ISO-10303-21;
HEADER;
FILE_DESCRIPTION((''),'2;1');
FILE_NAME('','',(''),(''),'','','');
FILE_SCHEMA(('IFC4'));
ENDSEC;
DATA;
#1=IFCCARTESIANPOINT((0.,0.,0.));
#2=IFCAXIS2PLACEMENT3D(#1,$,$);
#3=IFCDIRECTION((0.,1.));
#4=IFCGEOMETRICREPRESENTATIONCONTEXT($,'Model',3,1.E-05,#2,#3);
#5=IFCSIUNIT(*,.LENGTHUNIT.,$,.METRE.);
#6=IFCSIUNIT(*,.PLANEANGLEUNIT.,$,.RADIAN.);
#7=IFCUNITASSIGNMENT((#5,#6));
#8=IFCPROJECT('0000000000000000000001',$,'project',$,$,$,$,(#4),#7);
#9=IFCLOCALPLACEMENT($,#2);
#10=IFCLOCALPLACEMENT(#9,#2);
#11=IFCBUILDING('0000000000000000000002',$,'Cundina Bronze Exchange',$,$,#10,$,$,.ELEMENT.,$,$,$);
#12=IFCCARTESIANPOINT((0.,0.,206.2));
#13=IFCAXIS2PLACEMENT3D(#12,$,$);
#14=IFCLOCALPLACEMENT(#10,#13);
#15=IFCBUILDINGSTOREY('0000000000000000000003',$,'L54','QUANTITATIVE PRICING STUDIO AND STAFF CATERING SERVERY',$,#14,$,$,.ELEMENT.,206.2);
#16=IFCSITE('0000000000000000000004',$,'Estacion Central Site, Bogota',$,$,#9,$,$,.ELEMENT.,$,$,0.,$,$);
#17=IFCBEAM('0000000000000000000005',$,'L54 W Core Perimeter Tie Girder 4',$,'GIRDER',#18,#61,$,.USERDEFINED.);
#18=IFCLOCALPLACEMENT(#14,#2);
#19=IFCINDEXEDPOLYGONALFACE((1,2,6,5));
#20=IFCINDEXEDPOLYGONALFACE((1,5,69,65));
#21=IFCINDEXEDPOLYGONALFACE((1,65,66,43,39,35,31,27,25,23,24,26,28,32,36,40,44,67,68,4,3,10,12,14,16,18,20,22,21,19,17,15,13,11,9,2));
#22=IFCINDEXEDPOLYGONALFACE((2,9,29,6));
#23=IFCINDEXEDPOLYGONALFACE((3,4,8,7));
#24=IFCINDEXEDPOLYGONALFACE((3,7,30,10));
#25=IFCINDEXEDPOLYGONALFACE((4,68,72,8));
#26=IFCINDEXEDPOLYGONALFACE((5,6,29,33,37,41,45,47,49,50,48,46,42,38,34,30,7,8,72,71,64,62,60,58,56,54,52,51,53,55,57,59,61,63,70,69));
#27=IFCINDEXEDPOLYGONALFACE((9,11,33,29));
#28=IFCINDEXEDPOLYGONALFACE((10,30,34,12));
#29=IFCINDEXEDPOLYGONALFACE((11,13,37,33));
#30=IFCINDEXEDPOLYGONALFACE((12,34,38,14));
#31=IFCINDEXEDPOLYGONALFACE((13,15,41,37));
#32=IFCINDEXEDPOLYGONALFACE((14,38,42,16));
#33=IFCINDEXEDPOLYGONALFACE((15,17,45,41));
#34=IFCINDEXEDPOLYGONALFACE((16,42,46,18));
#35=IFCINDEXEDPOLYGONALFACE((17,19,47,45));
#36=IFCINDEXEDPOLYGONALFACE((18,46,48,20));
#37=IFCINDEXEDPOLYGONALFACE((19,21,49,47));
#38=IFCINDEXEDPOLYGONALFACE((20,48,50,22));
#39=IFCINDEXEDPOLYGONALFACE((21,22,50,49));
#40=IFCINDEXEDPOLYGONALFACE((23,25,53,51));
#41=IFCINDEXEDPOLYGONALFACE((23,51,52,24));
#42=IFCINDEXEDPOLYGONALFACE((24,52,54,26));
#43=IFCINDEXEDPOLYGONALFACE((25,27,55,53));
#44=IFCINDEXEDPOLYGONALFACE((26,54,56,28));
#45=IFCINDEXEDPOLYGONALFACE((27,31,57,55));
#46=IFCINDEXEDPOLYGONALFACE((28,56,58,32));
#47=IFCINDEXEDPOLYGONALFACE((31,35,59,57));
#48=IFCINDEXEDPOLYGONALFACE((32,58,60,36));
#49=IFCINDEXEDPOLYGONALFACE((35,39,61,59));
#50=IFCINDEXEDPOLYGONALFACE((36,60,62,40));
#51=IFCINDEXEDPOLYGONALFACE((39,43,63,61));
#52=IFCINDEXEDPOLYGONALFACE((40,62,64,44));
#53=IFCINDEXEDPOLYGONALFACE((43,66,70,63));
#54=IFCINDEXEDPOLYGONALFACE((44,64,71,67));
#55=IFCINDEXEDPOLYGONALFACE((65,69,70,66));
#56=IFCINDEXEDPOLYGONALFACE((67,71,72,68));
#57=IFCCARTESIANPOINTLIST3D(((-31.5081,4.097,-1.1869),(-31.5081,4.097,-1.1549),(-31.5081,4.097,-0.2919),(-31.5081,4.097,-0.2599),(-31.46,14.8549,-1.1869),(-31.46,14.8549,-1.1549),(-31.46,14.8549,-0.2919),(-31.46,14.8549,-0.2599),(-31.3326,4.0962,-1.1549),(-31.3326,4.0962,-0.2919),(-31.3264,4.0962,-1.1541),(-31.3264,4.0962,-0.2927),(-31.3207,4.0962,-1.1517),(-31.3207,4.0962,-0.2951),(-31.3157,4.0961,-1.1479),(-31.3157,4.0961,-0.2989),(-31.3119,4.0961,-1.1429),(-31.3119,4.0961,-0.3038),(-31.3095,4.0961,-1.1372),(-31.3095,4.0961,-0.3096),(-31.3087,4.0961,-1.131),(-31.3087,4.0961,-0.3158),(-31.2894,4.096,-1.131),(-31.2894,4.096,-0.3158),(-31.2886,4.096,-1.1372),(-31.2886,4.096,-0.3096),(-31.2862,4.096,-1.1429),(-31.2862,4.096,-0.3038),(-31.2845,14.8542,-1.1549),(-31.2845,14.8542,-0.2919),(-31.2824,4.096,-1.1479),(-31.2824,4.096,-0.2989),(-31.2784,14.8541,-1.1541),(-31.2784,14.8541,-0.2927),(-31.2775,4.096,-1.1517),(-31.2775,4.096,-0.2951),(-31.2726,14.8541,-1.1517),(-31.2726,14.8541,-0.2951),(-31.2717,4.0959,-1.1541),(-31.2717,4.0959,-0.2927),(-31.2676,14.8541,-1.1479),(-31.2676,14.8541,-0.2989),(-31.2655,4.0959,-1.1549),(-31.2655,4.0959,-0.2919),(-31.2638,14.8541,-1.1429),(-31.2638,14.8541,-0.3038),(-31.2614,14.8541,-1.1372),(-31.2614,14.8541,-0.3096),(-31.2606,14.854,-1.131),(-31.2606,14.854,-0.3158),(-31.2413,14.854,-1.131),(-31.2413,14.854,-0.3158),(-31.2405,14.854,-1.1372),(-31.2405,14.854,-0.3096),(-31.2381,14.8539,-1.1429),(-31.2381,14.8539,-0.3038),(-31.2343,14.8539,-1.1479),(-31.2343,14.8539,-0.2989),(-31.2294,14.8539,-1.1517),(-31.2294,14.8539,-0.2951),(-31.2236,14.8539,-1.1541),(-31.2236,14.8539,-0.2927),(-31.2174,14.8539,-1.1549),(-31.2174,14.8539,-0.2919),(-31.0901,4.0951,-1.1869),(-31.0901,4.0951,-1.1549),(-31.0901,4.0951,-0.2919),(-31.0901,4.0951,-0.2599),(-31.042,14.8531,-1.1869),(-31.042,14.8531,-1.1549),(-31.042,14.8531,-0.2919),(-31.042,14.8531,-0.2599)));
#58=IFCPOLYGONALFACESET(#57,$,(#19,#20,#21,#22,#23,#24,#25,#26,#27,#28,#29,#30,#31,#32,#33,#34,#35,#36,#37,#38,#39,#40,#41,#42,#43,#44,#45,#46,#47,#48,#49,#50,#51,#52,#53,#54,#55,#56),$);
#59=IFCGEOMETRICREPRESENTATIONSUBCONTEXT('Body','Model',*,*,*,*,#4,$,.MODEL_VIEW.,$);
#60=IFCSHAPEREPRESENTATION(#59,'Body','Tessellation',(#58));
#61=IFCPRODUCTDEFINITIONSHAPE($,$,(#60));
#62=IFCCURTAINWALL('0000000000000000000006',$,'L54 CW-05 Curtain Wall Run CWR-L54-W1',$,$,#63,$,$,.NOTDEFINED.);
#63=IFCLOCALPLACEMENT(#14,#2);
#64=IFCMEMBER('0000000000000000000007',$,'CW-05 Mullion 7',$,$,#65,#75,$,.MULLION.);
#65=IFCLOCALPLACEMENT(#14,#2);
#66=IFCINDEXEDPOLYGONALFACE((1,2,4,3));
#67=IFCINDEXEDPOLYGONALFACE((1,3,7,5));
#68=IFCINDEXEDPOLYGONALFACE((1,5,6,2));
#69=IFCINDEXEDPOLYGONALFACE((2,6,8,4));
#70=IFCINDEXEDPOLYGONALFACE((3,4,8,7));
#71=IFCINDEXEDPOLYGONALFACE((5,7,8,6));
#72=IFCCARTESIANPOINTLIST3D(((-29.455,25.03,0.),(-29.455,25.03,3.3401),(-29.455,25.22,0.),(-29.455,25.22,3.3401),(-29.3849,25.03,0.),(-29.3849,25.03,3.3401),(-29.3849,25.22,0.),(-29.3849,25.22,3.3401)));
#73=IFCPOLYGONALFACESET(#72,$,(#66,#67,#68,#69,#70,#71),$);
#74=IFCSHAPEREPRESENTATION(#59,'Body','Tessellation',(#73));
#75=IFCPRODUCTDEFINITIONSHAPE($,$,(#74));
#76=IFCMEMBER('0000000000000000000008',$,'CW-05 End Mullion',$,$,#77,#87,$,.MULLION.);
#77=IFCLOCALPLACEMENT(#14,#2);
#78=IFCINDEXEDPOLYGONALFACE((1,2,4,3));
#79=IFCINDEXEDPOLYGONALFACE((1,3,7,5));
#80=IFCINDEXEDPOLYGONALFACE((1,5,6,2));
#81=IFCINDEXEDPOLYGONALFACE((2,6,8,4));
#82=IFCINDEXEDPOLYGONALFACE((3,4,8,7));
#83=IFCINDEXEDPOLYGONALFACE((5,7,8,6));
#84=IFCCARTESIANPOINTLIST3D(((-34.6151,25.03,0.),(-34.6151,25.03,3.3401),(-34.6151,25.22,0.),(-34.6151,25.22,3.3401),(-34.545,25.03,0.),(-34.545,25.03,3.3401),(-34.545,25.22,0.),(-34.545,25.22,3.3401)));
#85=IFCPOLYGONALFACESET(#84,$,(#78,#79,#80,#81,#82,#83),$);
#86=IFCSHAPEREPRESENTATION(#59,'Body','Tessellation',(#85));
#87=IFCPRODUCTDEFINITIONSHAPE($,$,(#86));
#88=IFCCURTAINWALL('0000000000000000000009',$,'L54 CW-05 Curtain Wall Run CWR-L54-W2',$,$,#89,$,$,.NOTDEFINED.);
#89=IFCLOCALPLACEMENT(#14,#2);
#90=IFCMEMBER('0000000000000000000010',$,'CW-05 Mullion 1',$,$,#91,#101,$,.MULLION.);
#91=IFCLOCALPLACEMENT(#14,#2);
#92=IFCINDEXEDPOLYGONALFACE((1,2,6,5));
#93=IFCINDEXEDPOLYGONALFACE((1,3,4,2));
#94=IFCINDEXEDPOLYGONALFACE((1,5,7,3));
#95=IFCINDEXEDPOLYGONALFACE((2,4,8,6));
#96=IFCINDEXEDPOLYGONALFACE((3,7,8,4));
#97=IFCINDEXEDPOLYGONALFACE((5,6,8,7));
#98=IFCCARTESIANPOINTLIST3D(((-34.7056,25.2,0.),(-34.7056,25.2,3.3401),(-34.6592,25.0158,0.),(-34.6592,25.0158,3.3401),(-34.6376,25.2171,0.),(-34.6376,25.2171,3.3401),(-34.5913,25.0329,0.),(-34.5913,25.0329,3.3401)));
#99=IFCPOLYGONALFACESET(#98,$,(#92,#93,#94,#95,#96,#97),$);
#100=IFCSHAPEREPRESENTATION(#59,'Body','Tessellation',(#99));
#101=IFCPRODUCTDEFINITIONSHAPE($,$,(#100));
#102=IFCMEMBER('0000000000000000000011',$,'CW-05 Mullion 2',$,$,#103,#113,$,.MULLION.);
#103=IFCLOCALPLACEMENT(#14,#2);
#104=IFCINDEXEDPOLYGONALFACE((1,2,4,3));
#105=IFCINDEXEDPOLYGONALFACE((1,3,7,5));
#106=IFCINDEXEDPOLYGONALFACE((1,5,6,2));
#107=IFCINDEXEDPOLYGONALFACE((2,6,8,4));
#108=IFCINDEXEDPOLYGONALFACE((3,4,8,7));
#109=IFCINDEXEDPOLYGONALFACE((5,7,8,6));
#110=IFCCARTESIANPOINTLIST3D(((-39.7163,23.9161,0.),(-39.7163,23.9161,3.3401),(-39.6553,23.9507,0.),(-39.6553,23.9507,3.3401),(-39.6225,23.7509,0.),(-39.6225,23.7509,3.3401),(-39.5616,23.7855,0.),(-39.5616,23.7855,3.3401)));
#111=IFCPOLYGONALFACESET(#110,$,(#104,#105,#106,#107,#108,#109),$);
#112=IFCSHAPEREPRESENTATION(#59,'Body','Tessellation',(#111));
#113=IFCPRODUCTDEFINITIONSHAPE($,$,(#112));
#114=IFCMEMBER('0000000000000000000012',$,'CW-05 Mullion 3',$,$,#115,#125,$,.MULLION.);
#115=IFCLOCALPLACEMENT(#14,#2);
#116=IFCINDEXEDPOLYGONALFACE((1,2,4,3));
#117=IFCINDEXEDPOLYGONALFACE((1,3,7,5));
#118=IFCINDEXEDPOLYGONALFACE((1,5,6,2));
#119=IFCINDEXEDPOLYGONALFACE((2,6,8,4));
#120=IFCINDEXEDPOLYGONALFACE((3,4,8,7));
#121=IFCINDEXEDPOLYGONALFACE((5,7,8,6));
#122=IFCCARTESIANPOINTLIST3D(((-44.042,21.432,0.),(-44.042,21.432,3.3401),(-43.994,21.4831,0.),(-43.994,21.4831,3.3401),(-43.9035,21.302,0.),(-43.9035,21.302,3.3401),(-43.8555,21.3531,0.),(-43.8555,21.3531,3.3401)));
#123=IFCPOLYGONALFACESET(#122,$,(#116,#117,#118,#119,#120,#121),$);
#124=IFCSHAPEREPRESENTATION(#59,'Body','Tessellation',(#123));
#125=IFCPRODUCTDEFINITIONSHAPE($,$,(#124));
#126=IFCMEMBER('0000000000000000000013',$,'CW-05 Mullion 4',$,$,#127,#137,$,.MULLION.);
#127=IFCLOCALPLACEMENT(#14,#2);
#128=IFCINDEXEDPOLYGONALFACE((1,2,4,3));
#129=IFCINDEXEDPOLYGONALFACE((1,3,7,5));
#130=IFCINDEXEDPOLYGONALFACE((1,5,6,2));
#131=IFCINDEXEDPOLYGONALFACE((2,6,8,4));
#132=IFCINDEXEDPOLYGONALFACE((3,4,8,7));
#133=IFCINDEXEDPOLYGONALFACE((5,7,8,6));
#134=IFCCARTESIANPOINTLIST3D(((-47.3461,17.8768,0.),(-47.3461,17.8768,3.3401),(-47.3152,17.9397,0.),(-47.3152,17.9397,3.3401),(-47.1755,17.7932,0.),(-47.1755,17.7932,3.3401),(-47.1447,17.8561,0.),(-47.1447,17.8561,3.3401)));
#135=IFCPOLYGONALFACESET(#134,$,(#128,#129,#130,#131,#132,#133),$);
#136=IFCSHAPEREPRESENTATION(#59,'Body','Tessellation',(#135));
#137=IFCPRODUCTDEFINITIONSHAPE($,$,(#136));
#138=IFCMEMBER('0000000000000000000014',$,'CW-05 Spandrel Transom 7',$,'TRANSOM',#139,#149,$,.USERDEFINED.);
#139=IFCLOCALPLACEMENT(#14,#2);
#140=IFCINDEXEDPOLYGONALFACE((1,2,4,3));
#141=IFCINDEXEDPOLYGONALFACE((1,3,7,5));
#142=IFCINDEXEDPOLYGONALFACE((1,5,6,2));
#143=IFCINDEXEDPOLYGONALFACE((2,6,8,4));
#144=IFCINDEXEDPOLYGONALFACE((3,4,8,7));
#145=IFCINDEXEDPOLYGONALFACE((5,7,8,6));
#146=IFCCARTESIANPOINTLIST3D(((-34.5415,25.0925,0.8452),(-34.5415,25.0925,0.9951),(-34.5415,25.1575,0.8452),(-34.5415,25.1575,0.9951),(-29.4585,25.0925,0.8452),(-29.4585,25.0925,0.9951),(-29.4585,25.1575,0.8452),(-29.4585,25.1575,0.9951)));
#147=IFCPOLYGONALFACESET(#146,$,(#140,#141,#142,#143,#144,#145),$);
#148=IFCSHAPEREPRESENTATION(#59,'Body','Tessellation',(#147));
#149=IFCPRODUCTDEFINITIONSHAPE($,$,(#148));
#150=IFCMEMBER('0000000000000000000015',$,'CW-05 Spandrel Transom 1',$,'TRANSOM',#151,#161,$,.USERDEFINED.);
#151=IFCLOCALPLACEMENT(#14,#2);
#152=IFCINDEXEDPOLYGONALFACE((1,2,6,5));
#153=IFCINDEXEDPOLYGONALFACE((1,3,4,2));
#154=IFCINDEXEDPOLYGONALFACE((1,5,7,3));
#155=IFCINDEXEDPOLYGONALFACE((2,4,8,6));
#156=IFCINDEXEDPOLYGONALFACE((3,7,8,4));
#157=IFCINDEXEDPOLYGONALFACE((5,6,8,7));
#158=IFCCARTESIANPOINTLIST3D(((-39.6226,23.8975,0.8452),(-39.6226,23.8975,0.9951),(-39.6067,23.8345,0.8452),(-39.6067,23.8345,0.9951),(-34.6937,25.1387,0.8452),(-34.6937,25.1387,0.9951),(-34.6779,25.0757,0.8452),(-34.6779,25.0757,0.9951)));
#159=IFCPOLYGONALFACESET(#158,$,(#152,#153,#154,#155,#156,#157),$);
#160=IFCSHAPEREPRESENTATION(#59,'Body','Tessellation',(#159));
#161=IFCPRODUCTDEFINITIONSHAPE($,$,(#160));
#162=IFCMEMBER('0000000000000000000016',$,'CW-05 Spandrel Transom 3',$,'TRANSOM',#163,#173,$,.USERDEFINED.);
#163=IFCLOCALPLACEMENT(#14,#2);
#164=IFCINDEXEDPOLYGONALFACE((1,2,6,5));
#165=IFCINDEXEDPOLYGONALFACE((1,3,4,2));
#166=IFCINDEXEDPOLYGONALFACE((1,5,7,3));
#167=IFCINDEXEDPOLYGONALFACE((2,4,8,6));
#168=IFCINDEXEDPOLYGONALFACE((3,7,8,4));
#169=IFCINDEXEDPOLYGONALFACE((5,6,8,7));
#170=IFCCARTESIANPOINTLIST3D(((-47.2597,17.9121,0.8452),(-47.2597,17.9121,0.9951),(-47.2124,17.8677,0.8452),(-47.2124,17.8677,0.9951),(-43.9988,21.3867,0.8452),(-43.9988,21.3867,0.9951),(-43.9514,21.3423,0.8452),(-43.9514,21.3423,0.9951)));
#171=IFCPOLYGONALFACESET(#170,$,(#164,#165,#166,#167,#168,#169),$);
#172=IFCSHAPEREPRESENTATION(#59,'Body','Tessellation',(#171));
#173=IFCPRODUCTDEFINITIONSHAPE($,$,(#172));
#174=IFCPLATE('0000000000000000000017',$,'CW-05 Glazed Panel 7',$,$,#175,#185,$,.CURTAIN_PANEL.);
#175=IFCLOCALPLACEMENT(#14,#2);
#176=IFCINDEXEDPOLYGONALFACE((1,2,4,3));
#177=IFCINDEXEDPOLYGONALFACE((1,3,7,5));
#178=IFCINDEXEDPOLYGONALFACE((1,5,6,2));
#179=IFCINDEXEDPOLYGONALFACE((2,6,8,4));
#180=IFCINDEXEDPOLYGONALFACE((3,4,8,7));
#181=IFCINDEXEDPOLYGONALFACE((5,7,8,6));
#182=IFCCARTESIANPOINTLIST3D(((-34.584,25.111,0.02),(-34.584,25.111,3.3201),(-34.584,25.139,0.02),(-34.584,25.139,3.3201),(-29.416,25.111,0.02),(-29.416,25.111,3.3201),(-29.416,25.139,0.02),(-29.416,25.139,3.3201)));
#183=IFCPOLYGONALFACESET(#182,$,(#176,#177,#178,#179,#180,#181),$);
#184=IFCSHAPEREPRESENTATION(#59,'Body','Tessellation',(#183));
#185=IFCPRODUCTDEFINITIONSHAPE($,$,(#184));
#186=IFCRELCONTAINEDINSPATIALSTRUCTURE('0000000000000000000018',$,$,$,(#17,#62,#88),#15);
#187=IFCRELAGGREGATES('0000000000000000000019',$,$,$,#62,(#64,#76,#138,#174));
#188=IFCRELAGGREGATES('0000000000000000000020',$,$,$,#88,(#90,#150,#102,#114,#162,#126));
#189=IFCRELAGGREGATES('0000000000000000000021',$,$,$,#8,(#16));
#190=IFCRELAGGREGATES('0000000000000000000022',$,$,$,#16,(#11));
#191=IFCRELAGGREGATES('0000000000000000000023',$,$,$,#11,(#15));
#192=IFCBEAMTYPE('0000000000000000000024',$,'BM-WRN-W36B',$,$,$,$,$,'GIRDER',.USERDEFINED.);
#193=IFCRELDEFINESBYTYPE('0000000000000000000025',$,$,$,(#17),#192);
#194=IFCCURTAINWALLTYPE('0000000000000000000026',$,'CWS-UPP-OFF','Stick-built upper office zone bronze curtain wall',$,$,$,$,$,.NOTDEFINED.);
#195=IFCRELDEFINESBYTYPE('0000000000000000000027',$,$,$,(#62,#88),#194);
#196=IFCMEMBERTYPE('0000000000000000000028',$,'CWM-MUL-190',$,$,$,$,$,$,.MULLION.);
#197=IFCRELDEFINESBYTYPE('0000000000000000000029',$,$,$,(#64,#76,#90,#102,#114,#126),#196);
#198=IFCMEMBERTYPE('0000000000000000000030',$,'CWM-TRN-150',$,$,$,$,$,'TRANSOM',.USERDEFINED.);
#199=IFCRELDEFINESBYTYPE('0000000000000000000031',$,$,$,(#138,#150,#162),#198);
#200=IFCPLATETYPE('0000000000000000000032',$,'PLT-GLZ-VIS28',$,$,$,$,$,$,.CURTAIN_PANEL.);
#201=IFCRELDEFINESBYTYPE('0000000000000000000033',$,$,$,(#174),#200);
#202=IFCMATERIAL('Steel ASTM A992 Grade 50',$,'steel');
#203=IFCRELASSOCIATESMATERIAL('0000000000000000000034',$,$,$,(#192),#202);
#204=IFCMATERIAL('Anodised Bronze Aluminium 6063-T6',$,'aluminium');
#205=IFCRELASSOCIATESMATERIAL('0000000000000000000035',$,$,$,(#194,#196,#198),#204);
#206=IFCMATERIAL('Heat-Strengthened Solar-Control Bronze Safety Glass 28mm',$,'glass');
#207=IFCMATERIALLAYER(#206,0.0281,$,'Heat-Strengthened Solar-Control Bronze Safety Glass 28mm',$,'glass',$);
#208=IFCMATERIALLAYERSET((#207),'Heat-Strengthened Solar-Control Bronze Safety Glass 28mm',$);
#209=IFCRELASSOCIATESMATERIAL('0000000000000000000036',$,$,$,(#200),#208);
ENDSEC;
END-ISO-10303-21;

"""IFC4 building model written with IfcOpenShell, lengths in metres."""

from ifc_helpers import new_model, si_unit, direction, frame, origin, origin_2d, place, context, subcontext, project, spatial, rectangle, i_section, extrude, material, layer, layer_set, material_profile, profile_set, type_object, element, aggregate, save


model = new_model("IFC4")

# Units and contexts
model_context = context("Model", 3, precision=1e-05, world=origin(), true_north=direction((0.0, 1.0)))
body_context = subcontext(model_context, "Body", "Model", "MODEL_VIEW")
ifc_project = project(units=[si_unit("LENGTHUNIT", "METRE"), si_unit("PLANEANGLEUNIT", "RADIAN")], contexts=[model_context])

# Site, building, storey
site_placement = place(None, origin())
site = spatial("IfcSite", under=ifc_project, at=site_placement, Name="Estacion Central Site, Bogota", CompositionType="ELEMENT", RefElevation=0.0)
building_placement = place(site_placement, origin())
building = spatial("IfcBuilding", under=site, at=building_placement, Name="Cundina Bronze Exchange", CompositionType="ELEMENT")
storey_placement = place(building_placement, frame((0.0, 0.0, 206.2)))
storey = spatial("IfcBuildingStorey", under=building, at=storey_placement, Name="L54", Description="QUANTITATIVE PRICING STUDIO AND STAFF CATERING SERVERY", CompositionType="ELEMENT", Elevation=206.2)

# Shared definitions
ifc_material_1 = material(Name="Steel ASTM A992 Grade 50", Category="steel")

# Beam
ifc_material_profile_1 = material_profile(ifc_material_1, i_section(OverallWidth=0.418, OverallDepth=0.927, WebThickness=0.0193, FlangeThickness=0.032, FilletRadius=0.0239, at=origin_2d()), Name="W36X231", Category="steel")
ifc_profile_set_1 = profile_set([ifc_material_profile_1], Name="Steel ASTM A992 Grade 50")
beam_type_1 = type_object("IfcBeamType", Name="BM-WRN-W36B", ElementType="GIRDER", PredefinedType="USERDEFINED", material=ifc_profile_set_1)
beam_1_placement = place(storey_placement, frame((-31.251, 14.854, -0.7234), z_axis=(-0.004471, -0.99999, 0.0), x_axis=(0.99999, -0.004471, 0.0)))
element("IfcBeam", 1, at=beam_1_placement, inside=storey, type_object=beam_type_1, Name="L54 W Core Perimeter Tie Girder 4", ObjectType="GIRDER", PredefinedType="USERDEFINED", context=body_context, shape_type="SweptSolid", body=[
    extrude(i_section(OverallWidth=0.418, OverallDepth=0.927, WebThickness=0.0193, FlangeThickness=0.032, FilletRadius=0.0239, at=origin_2d()), origin(), (0.0, 0.0, 1.0), 10.7581),
])

# Curtain walls, members
ifc_material_2 = material(Name="Anodised Bronze Aluminium 6063-T6", Category="aluminium")
curtain_wall_type = type_object("IfcCurtainWallType", Name="CWS-UPP-OFF", Description="Stick-built upper office zone bronze curtain wall", PredefinedType="NOTDEFINED", material=ifc_material_2)
curtain_wall_1_placement = place(storey_placement, origin())
curtain_wall_1 = element("IfcCurtainWall", 2, at=curtain_wall_1_placement, inside=storey, type_object=curtain_wall_type, Name="L54 CW-05 Curtain Wall Run CWR-L54-W1", PredefinedType="NOTDEFINED")
ifc_material_profile_2 = material_profile(ifc_material_2, rectangle(XDim=0.0701, YDim=0.1899, at=origin_2d()), Name="AL70X190", Category="aluminium")
ifc_profile_set_2 = profile_set([ifc_material_profile_2], Name="Anodised Bronze Aluminium 6063-T6")
member_type_1 = type_object("IfcMemberType", Name="CWM-MUL-190", PredefinedType="MULLION", material=ifc_profile_set_2)
member_1_placement = place(storey_placement, frame((-29.4199, 25.125, 0.0), z_axis=(0.0, 0.0, 1.0), x_axis=(-1.0, 0.0, 0.0)))
member_1 = element("IfcMember", 3, at=member_1_placement, type_object=member_type_1, Name="CW-05 Mullion 7", PredefinedType="MULLION", context=body_context, shape_type="SweptSolid", body=[
    extrude(rectangle(XDim=0.0701, YDim=0.1899, at=origin_2d()), origin(), (0.0, 0.0, 1.0), 3.3401),
])
member_2_placement = place(storey_placement, frame((-34.5801, 25.125, 0.0), z_axis=(0.0, 0.0, 1.0), x_axis=(-1.0, 0.0, 0.0)))
member_2 = element("IfcMember", 4, at=member_2_placement, type_object=member_type_1, Name="CW-05 End Mullion", PredefinedType="MULLION", context=body_context, shape_type="SweptSolid", body=[
    extrude(rectangle(XDim=0.0701, YDim=0.1899, at=origin_2d()), origin(), (0.0, 0.0, 1.0), 3.3401),
])
curtain_wall_2_placement = place(storey_placement, origin())
curtain_wall_2 = element("IfcCurtainWall", 5, at=curtain_wall_2_placement, inside=storey, type_object=curtain_wall_type, Name="L54 CW-05 Curtain Wall Run CWR-L54-W2", PredefinedType="NOTDEFINED")
member_3_placement = place(storey_placement, frame((-34.6484, 25.1165, 0.0), z_axis=(0.0, 0.0, 1.0), x_axis=(-0.969744, -0.244123, 0.0)))
member_3 = element("IfcMember", 6, at=member_3_placement, type_object=member_type_1, Name="CW-05 Mullion 1", PredefinedType="MULLION", context=body_context, shape_type="SweptSolid", body=[
    extrude(rectangle(XDim=0.0701, YDim=0.1899, at=origin_2d()), origin(), (0.0, 0.0, 1.0), 3.3401),
])
member_4_placement = place(storey_placement, frame((-39.6389, 23.8508, 0.0), z_axis=(0.0, 0.0, 1.0), x_axis=(-0.869581, -0.49379, 0.0)))
member_4 = element("IfcMember", 7, at=member_4_placement, type_object=member_type_1, Name="CW-05 Mullion 2", PredefinedType="MULLION", context=body_context, shape_type="SweptSolid", body=[
    extrude(rectangle(XDim=0.0701, YDim=0.1899, at=origin_2d()), origin(), (0.0, 0.0, 1.0), 3.3401),
])
member_5_placement = place(storey_placement, frame((-43.9487, 21.3926, 0.0), z_axis=(0.0, 0.0, 1.0), x_axis=(-0.684293, -0.729208, 0.0)))
member_5 = element("IfcMember", 8, at=member_5_placement, type_object=member_type_1, Name="CW-05 Mullion 3", PredefinedType="MULLION", context=body_context, shape_type="SweptSolid", body=[
    extrude(rectangle(XDim=0.0701, YDim=0.1899, at=origin_2d()), origin(), (0.0, 0.0, 1.0), 3.3401),
])
member_6_placement = place(storey_placement, frame((-47.2454, 17.8665, 0.0), z_axis=(0.0, 0.0, 1.0), x_axis=(-0.440566, -0.89772, 0.0)))
member_6 = element("IfcMember", 9, at=member_6_placement, type_object=member_type_1, Name="CW-05 Mullion 4", PredefinedType="MULLION", context=body_context, shape_type="SweptSolid", body=[
    extrude(rectangle(XDim=0.0701, YDim=0.1899, at=origin_2d()), origin(), (0.0, 0.0, 1.0), 3.3401),
])

# Members
ifc_material_profile_3 = material_profile(ifc_material_2, rectangle(XDim=0.0649, YDim=0.1499, at=origin_2d()), Name="AL65X150", Category="aluminium")
ifc_profile_set_3 = profile_set([ifc_material_profile_3], Name="Anodised Bronze Aluminium 6063-T6")
member_type_2 = type_object("IfcMemberType", Name="CWM-TRN-150", ElementType="TRANSOM", PredefinedType="USERDEFINED", material=ifc_profile_set_3)
member_7_placement = place(storey_placement, frame((-29.4585, 25.125, 0.9202), z_axis=(-1.0, 0.0, 0.0), x_axis=(0.0, -1.0, 0.0)))
member_7 = element("IfcMember", 10, at=member_7_placement, type_object=member_type_2, Name="CW-05 Spandrel Transom 7", ObjectType="TRANSOM", PredefinedType="USERDEFINED", context=body_context, shape_type="SweptSolid", body=[
    extrude(rectangle(XDim=0.0649, YDim=0.1499, at=origin_2d()), origin(), (0.0, 0.0, 1.0), 5.083),
])
member_8_placement = place(storey_placement, frame((-34.6858, 25.1072, 0.9202), z_axis=(-0.969726, -0.244197, 0.0), x_axis=(0.244197, -0.969726, 0.0)))
member_8 = element("IfcMember", 11, at=member_8_placement, type_object=member_type_2, Name="CW-05 Spandrel Transom 1", ObjectType="TRANSOM", PredefinedType="USERDEFINED", context=body_context, shape_type="SweptSolid", body=[
    extrude(rectangle(XDim=0.0649, YDim=0.1499, at=origin_2d()), origin(), (0.0, 0.0, 1.0), 5.0828),
])
member_9_placement = place(storey_placement, frame((-43.9751, 21.3645, 0.9202), z_axis=(-0.684336, -0.729166, 0.0), x_axis=(0.729166, -0.684336, 0.0)))
member_9 = element("IfcMember", 12, at=member_9_placement, type_object=member_type_2, Name="CW-05 Spandrel Transom 3", ObjectType="TRANSOM", PredefinedType="USERDEFINED", context=body_context, shape_type="SweptSolid", body=[
    extrude(rectangle(XDim=0.0649, YDim=0.1499, at=origin_2d()), origin(), (0.0, 0.0, 1.0), 4.7651),
])

# Plate
ifc_material_3 = material(Name="Heat-Strengthened Solar-Control Bronze Safety Glass 28mm", Category="glass")
ifc_layer_1 = layer(ifc_material_3, 0.0281, Name="Heat-Strengthened Solar-Control Bronze Safety Glass 28mm", Category="glass")
ifc_layer_set_1 = layer_set([ifc_layer_1], Name="Heat-Strengthened Solar-Control Bronze Safety Glass 28mm")
plate_type = type_object("IfcPlateType", Name="PLT-GLZ-VIS28", PredefinedType="CURTAIN_PANEL", material=ifc_layer_set_1)
plate_1_placement = place(storey_placement, frame((-32.0, 25.125, 0.02), z_axis=(0.0, 0.0, 1.0), x_axis=(-1.0, 0.0, 0.0)))
plate_1 = element("IfcPlate", 13, at=plate_1_placement, type_object=plate_type, Name="CW-05 Glazed Panel 7", PredefinedType="CURTAIN_PANEL", context=body_context, shape_type="SweptSolid", body=[
    extrude(rectangle(XDim=5.168, YDim=0.0281, at=origin_2d()), origin(), (0.0, 0.0, 1.0), 3.3),
])
aggregate(curtain_wall_1, [member_1, member_2, member_7, plate_1])
aggregate(curtain_wall_2, [member_3, member_8, member_4, member_5, member_9, member_6])

save(model, "model.ifc")
